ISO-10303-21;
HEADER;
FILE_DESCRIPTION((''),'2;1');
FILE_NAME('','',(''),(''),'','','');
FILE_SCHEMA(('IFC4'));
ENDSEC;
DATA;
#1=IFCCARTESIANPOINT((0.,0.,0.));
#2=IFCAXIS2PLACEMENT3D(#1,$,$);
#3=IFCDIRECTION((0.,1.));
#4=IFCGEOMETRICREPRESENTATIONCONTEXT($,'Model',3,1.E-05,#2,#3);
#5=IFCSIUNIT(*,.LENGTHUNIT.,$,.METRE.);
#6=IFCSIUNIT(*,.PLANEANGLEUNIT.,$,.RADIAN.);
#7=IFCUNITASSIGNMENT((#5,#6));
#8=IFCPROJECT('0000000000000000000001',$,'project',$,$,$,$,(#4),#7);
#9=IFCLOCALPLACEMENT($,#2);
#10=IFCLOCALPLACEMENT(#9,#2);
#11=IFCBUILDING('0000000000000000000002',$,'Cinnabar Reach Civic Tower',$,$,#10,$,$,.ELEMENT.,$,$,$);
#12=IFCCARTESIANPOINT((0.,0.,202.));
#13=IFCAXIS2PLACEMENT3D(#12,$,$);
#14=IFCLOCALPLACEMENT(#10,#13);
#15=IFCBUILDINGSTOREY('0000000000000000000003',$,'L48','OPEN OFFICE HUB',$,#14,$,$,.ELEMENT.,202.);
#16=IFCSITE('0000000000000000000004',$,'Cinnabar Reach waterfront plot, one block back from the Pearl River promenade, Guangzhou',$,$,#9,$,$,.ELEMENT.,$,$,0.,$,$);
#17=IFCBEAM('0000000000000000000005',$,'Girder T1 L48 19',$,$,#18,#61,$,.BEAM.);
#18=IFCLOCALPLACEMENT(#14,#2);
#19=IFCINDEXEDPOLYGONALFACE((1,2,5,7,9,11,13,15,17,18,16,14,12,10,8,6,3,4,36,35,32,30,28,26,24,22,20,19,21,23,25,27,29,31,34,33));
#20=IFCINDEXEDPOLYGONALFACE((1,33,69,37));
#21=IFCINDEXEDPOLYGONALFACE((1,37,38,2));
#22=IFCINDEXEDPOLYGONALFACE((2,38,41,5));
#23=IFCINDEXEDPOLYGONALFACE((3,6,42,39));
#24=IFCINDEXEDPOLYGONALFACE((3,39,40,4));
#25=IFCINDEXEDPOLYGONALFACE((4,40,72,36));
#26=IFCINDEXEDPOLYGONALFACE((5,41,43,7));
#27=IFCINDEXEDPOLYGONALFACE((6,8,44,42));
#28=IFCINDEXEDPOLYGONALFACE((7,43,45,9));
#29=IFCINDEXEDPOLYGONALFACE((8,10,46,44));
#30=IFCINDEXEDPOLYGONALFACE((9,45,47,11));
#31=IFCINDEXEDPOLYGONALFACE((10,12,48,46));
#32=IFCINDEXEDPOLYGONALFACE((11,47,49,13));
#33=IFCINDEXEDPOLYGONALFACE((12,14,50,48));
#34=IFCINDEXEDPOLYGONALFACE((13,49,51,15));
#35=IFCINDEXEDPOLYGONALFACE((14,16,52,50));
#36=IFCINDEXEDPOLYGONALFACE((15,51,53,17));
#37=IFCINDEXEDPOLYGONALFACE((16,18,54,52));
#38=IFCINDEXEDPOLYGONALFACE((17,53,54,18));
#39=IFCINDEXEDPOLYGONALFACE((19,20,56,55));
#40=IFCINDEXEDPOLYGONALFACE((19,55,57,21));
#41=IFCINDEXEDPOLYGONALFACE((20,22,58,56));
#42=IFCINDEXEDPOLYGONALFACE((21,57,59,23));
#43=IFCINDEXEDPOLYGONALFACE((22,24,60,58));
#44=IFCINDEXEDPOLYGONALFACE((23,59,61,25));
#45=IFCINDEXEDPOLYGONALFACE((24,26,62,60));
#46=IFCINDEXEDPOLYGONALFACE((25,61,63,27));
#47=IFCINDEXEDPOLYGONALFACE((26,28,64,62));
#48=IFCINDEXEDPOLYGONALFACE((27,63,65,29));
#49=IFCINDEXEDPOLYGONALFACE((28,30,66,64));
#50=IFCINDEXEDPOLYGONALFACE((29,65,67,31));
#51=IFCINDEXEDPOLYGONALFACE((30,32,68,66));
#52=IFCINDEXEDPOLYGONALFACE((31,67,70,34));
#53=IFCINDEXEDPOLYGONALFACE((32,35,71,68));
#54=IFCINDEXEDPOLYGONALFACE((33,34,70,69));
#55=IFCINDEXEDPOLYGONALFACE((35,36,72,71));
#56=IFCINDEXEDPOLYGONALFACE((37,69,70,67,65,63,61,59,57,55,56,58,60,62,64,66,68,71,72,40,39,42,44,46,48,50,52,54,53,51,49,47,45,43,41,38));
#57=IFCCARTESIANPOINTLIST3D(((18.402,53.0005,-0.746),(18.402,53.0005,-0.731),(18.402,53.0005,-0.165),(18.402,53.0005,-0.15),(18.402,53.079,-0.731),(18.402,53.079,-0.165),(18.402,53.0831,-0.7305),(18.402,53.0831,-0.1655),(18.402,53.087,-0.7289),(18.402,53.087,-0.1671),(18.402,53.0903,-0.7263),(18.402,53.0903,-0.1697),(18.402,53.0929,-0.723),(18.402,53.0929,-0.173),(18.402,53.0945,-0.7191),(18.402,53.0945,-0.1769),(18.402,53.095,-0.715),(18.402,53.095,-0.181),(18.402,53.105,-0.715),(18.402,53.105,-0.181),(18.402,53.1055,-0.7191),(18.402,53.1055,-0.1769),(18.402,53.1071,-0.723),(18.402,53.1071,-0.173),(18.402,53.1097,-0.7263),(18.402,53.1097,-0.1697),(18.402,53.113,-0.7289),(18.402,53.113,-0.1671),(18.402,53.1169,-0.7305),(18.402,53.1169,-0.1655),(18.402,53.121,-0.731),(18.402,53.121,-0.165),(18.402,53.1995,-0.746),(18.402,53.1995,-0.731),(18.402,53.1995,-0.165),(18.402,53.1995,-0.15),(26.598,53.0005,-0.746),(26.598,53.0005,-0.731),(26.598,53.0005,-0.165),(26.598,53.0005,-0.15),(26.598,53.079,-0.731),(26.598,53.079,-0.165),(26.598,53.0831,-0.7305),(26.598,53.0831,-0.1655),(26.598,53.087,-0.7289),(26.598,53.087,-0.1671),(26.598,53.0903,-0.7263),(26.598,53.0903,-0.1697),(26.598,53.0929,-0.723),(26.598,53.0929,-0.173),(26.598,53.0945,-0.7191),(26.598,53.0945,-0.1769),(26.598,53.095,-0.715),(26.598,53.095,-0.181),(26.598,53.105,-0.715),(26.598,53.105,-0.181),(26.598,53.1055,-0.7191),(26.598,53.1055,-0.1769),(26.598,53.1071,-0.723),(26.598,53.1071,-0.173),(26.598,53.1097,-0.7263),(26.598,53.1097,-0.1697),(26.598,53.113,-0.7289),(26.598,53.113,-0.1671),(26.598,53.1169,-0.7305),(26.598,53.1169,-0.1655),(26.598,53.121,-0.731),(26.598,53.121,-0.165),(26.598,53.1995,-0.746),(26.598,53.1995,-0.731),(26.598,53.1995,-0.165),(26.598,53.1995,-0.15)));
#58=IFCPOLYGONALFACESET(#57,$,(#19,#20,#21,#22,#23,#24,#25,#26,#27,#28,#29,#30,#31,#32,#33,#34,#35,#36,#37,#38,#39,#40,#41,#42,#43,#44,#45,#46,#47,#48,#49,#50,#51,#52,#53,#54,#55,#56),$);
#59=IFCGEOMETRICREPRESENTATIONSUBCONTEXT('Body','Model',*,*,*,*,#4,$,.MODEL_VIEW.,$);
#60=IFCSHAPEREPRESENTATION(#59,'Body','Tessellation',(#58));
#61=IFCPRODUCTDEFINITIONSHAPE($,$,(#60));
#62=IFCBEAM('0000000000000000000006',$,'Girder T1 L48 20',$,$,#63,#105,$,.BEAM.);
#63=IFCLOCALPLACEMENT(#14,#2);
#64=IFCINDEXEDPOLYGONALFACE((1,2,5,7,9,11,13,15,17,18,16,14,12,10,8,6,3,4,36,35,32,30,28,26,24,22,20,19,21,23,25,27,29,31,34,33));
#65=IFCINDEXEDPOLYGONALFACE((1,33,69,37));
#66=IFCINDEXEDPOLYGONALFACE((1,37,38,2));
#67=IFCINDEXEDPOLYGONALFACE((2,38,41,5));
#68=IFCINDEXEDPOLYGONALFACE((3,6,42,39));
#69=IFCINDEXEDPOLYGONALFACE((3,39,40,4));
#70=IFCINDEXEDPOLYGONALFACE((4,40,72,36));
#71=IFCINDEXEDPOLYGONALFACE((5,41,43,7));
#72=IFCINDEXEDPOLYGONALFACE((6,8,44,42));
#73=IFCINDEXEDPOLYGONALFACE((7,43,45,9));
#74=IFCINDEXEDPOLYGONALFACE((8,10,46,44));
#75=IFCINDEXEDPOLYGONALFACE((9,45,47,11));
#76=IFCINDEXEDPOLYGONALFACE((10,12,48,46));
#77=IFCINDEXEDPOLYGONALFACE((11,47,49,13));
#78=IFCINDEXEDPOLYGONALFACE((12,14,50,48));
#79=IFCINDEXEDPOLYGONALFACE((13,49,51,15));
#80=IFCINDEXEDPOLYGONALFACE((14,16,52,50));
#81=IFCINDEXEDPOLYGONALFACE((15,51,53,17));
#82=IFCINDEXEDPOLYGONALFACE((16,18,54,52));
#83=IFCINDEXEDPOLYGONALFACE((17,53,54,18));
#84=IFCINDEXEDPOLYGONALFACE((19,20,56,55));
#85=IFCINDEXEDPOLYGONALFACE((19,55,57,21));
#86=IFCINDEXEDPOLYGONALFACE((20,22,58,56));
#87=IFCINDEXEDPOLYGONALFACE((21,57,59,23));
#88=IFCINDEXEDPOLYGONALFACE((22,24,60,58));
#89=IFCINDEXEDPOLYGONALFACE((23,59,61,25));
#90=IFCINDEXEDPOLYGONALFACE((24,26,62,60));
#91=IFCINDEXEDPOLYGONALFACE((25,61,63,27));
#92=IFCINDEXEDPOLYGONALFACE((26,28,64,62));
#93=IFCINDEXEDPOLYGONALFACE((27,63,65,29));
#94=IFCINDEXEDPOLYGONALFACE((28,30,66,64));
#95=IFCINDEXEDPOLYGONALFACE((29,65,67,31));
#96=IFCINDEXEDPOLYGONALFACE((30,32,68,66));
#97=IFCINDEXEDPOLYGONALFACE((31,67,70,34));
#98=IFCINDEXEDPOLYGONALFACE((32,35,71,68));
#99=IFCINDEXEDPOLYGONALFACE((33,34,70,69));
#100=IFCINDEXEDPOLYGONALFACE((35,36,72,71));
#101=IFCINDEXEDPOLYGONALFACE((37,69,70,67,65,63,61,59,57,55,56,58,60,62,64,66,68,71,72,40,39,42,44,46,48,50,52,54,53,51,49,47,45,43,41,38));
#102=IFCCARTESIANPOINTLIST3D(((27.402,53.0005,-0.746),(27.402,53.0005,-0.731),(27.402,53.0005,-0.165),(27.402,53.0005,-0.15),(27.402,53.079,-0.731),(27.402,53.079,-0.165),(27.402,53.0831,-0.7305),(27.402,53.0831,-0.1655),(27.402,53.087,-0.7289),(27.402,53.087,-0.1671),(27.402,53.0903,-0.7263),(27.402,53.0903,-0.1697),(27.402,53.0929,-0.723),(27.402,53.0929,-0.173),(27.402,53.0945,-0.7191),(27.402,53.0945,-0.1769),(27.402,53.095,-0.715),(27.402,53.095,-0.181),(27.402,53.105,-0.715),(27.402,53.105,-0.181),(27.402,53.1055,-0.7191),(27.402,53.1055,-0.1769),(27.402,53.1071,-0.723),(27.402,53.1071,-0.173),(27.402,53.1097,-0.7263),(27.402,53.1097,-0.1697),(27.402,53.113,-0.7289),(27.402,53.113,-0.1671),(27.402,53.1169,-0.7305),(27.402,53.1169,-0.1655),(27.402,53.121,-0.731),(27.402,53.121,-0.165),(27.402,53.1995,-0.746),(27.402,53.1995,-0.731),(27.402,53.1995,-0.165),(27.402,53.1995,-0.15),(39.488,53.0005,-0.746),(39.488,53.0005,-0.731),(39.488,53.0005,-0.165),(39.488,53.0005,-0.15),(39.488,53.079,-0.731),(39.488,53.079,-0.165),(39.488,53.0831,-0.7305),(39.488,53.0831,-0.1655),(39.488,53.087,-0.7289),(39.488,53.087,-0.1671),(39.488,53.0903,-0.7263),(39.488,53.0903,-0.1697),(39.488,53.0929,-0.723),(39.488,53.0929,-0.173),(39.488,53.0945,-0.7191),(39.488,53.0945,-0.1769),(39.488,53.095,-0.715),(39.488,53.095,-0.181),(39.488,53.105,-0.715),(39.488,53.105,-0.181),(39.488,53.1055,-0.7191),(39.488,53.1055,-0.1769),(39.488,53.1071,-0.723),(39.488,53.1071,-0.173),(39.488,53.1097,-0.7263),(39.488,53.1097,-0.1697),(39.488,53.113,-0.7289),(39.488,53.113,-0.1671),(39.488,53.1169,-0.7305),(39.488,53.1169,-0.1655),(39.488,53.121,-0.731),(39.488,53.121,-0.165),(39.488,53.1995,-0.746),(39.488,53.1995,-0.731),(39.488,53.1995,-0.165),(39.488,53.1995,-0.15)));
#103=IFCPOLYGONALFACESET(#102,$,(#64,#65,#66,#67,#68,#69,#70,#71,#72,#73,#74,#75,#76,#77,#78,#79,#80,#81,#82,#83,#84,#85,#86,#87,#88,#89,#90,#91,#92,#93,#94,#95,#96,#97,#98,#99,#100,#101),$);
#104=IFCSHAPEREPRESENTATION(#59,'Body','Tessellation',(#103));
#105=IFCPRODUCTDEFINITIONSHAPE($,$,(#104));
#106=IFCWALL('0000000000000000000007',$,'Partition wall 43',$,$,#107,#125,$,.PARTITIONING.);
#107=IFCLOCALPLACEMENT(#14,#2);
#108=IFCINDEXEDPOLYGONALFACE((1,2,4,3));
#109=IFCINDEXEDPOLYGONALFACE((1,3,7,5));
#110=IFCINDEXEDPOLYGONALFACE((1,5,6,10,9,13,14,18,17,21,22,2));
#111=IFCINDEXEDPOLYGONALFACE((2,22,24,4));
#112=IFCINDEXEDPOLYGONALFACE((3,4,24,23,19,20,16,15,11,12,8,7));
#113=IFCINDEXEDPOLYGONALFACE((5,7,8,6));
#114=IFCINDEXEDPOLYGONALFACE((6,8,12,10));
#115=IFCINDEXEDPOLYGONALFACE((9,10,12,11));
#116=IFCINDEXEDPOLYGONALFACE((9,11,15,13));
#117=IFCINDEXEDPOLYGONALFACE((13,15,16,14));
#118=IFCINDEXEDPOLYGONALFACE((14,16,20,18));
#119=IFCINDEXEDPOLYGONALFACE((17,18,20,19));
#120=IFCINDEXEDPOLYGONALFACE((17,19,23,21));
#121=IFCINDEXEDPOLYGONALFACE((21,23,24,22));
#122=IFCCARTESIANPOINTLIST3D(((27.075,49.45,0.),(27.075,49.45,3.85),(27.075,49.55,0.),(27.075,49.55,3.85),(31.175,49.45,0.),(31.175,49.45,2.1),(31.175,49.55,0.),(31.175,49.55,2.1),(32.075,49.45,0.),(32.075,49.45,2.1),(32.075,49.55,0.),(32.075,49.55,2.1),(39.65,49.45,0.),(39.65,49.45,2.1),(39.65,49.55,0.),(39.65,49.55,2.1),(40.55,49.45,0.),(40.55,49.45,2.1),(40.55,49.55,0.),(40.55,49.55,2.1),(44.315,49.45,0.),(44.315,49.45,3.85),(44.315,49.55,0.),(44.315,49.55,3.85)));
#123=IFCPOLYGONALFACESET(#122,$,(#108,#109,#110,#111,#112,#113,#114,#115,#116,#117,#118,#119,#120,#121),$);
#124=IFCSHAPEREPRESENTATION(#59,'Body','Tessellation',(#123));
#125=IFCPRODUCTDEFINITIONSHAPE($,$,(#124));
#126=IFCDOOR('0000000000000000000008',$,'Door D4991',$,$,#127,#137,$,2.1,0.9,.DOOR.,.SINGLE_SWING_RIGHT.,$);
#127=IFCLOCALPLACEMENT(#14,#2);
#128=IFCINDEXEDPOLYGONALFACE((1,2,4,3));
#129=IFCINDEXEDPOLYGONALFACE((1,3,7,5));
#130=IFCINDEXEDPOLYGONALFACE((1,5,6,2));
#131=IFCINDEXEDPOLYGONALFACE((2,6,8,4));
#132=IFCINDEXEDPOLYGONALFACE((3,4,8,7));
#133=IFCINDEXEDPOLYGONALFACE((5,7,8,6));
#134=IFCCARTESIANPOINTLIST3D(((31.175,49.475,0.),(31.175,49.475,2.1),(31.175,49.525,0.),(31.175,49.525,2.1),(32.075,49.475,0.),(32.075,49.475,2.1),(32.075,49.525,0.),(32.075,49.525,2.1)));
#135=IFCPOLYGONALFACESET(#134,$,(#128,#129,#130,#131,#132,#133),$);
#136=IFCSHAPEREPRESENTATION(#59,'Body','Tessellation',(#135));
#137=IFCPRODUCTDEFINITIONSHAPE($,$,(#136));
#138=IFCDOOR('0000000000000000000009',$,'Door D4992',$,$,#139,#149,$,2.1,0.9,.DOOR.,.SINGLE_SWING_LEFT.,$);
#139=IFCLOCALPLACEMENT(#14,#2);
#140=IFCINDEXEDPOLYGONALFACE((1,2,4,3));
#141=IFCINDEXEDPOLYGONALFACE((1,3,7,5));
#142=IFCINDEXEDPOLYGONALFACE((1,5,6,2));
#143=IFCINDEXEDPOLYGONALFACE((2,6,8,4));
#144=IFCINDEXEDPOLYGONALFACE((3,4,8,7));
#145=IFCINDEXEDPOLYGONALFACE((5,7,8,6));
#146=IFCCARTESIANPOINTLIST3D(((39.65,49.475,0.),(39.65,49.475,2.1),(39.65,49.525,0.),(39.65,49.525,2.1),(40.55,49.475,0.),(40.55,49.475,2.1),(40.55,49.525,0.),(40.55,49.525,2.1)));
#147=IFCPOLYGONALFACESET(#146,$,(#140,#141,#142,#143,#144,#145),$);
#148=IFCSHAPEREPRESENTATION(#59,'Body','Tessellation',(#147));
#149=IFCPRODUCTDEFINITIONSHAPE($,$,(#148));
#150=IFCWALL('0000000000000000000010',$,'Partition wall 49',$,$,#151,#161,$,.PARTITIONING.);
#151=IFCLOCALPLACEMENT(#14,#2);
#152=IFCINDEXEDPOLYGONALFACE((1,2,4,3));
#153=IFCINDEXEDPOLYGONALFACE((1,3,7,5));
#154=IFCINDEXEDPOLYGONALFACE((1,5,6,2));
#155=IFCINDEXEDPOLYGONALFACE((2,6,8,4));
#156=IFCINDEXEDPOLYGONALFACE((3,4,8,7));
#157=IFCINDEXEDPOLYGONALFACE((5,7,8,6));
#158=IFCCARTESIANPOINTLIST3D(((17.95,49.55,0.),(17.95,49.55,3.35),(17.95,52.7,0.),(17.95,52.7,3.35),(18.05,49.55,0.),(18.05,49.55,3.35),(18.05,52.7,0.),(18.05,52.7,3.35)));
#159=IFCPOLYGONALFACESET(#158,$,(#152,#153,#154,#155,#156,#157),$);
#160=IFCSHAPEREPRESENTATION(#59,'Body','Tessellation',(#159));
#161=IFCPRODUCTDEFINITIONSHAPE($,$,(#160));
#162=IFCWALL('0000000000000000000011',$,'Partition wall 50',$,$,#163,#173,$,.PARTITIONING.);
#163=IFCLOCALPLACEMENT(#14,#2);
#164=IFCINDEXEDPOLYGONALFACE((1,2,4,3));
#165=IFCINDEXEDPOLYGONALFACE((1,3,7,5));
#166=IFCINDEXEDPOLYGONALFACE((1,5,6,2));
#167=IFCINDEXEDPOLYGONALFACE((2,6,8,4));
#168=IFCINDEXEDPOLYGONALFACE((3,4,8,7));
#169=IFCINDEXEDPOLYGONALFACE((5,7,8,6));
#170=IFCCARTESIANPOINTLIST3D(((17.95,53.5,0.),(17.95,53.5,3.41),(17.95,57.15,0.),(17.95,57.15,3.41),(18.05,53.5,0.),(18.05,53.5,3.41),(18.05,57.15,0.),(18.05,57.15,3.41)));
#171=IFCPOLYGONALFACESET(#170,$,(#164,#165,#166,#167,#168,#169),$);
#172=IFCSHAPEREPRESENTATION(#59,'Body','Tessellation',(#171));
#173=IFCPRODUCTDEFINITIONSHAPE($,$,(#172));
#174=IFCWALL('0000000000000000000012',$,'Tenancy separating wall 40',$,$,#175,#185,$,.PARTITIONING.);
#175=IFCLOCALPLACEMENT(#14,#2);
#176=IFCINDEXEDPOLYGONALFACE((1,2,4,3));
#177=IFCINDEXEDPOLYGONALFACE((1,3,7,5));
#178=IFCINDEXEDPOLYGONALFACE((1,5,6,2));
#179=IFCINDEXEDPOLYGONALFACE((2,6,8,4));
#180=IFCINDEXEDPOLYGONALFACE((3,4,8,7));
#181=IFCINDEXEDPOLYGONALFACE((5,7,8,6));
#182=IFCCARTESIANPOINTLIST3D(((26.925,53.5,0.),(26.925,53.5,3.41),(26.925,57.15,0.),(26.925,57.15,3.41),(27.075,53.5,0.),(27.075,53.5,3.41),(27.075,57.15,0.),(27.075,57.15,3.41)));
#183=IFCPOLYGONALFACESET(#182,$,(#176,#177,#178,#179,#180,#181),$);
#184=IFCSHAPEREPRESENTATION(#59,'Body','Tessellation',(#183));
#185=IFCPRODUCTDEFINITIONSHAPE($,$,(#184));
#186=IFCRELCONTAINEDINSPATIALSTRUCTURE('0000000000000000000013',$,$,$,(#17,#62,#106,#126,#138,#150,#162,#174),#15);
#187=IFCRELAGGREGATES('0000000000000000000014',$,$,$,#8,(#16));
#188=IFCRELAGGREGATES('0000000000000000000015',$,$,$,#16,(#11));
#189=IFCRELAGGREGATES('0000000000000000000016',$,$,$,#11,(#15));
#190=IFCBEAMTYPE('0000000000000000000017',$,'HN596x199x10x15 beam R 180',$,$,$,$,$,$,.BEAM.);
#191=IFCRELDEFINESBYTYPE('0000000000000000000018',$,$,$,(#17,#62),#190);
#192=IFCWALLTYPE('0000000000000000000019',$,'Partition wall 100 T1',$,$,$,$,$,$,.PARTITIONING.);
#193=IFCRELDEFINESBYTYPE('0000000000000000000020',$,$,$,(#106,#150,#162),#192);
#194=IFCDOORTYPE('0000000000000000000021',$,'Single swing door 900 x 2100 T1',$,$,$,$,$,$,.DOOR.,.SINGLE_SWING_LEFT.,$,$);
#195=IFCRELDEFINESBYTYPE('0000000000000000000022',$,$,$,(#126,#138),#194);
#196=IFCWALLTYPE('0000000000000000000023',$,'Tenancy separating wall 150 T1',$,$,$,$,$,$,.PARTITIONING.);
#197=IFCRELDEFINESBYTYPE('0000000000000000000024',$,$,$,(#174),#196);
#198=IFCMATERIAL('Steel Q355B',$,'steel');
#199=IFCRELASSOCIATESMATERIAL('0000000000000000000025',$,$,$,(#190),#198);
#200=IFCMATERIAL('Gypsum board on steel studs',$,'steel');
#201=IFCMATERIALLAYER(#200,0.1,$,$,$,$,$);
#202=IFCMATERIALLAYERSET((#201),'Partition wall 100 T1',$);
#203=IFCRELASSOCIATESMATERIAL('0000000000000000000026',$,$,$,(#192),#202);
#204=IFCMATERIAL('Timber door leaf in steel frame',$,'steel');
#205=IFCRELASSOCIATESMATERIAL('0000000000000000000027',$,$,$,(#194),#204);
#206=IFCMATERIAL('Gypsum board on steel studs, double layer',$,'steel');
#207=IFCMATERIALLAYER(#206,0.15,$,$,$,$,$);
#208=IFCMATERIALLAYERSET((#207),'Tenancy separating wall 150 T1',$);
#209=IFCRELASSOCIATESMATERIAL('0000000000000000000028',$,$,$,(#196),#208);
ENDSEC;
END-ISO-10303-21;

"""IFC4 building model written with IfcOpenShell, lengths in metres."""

from ifc_helpers import new_model, si_unit, direction, frame, frame_2d, origin, origin_2d, place, context, subcontext, project, spatial, rectangle, i_section, extrude, material, layer, layer_set, material_profile, profile_set, type_object, element, fill, save


model = new_model("IFC4")

# Units and contexts
model_context = context("Model", 3, precision=1e-05, world=origin(), true_north=direction((0.0, 1.0)))
body_context = subcontext(model_context, "Body", "Model", "MODEL_VIEW")
ifc_project = project(units=[si_unit("LENGTHUNIT", "METRE"), si_unit("PLANEANGLEUNIT", "RADIAN")], contexts=[model_context])

# Site, building, storey
site_placement = place(None, origin())
site = spatial("IfcSite", under=ifc_project, at=site_placement, Name="Cinnabar Reach waterfront plot, one block back from the Pearl River promenade, Guangzhou", CompositionType="ELEMENT", RefElevation=0.0)
building_placement = place(site_placement, origin())
building = spatial("IfcBuilding", under=site, at=building_placement, Name="Cinnabar Reach Civic Tower", CompositionType="ELEMENT")
storey_placement = place(building_placement, frame((0.0, 0.0, 202.0)))
storey = spatial("IfcBuildingStorey", under=building, at=storey_placement, Name="L48", Description="OPEN OFFICE HUB", CompositionType="ELEMENT", Elevation=202.0)

# Beams
ifc_material_1 = material(Name="Steel Q355B", Category="steel")
ifc_material_profile_1 = material_profile(ifc_material_1, i_section(OverallWidth=0.199, OverallDepth=0.596, WebThickness=0.01, FlangeThickness=0.015, FilletRadius=0.016, at=origin_2d()), Name="HN596x199x10x15")
ifc_profile_set_1 = profile_set([ifc_material_profile_1], Name="Steel Q355B")
beam_type_1 = type_object("IfcBeamType", Name="HN596x199x10x15 beam R 180", PredefinedType="BEAM", material=ifc_profile_set_1)
beam_1_placement = place(storey_placement, frame((18.402, 53.1, -0.448), z_axis=(1.0, 0.0, 0.0), x_axis=(0.0, 1.0, 0.0)))
element("IfcBeam", 1, at=beam_1_placement, inside=storey, type_object=beam_type_1, Name="Girder T1 L48 19", PredefinedType="BEAM", context=body_context, shape_type="SweptSolid", body=[
    extrude(i_section(OverallWidth=0.199, OverallDepth=0.596, WebThickness=0.01, FlangeThickness=0.015, FilletRadius=0.016, at=origin_2d()), origin(), (0.0, 0.0, 1.0), 8.196),
])
beam_2_placement = place(storey_placement, frame((27.402, 53.1, -0.448), z_axis=(1.0, 0.0, 0.0), x_axis=(0.0, 1.0, 0.0)))
element("IfcBeam", 2, at=beam_2_placement, inside=storey, type_object=beam_type_1, Name="Girder T1 L48 20", PredefinedType="BEAM", context=body_context, shape_type="SweptSolid", body=[
    extrude(i_section(OverallWidth=0.199, OverallDepth=0.596, WebThickness=0.01, FlangeThickness=0.015, FilletRadius=0.016, at=origin_2d()), origin(), (0.0, 0.0, 1.0), 12.086),
])

# Wall, openings, doors
ifc_material_2 = material(Name="Gypsum board on steel studs", Category="steel")
ifc_layer_1 = layer(ifc_material_2, 0.1)
ifc_layer_set_1 = layer_set([ifc_layer_1], Name="Partition wall 100 T1")
wall_type_1 = type_object("IfcWallType", Name="Partition wall 100 T1", PredefinedType="PARTITIONING", material=ifc_layer_set_1)
wall_1_placement = place(storey_placement, frame((27.075, 49.5, 0.0), z_axis=(0.0, 0.0, 1.0), x_axis=(1.0, 0.0, 0.0)))
wall_1 = element("IfcWall", 3, at=wall_1_placement, inside=storey, type_object=wall_type_1, Name="Partition wall 43", PredefinedType="PARTITIONING", context=body_context, shape_type="SweptSolid", body=[
    extrude(rectangle(XDim=17.24, YDim=0.1, at=frame_2d((8.62, 0.0))), origin(), (0.0, 0.0, 1.0), 3.85),
])
opening_1_placement = place(wall_1_placement, frame((4.1, 0.0, 0.0)))
opening_1 = element("IfcOpeningElement", 4, at=opening_1_placement, cuts=wall_1, PredefinedType="OPENING", context=body_context, shape_type="SweptSolid", body=[
    extrude(rectangle(XDim=0.9, YDim=2.1, at=frame_2d((0.45, 1.05))), frame((0.0, 0.06, 0.0), z_axis=(0.0, -1.0, 0.0), x_axis=(1.0, 0.0, 0.0)), (0.0, 0.0, 1.0), 0.12),
])
opening_2_placement = place(wall_1_placement, frame((12.575, 0.0, 0.0)))
opening_2 = element("IfcOpeningElement", 5, at=opening_2_placement, cuts=wall_1, PredefinedType="OPENING", context=body_context, shape_type="SweptSolid", body=[
    extrude(rectangle(XDim=0.9, YDim=2.1, at=frame_2d((0.45, 1.05))), frame((0.0, 0.06, 0.0), z_axis=(0.0, -1.0, 0.0), x_axis=(1.0, 0.0, 0.0)), (0.0, 0.0, 1.0), 0.12),
])
ifc_material_3 = material(Name="Timber door leaf in steel frame", Category="steel")
door_type = type_object("IfcDoorType", Name="Single swing door 900 x 2100 T1", OperationType="SINGLE_SWING_LEFT", PredefinedType="DOOR", material=ifc_material_3)
door_1_placement = place(opening_1_placement, origin())
door_1 = element("IfcDoor", 6, at=door_1_placement, inside=storey, type_object=door_type, Name="Door D4991", OperationType="SINGLE_SWING_RIGHT", OverallHeight=2.1, OverallWidth=0.9, PredefinedType="DOOR", context=body_context, shape_type="SweptSolid", body=[
    extrude(rectangle(XDim=0.9, YDim=2.1, at=frame_2d((0.45, 1.05))), frame((0.0, 0.025, 0.0), z_axis=(0.0, -1.0, 0.0), x_axis=(1.0, 0.0, 0.0)), (0.0, 0.0, 1.0), 0.05),
])
fill(opening_1, door_1)
door_2_placement = place(opening_2_placement, origin())
door_2 = element("IfcDoor", 7, at=door_2_placement, inside=storey, type_object=door_type, Name="Door D4992", OperationType="SINGLE_SWING_LEFT", OverallHeight=2.1, OverallWidth=0.9, PredefinedType="DOOR", context=body_context, shape_type="SweptSolid", body=[
    extrude(rectangle(XDim=0.9, YDim=2.1, at=frame_2d((0.45, 1.05))), frame((0.0, 0.025, 0.0), z_axis=(0.0, -1.0, 0.0), x_axis=(1.0, 0.0, 0.0)), (0.0, 0.0, 1.0), 0.05),
])
fill(opening_2, door_2)

# Walls
wall_2_placement = place(storey_placement, frame((18.0, 49.55, 0.0), z_axis=(0.0, 0.0, 1.0), x_axis=(0.0, 1.0, 0.0)))
element("IfcWall", 8, at=wall_2_placement, inside=storey, type_object=wall_type_1, Name="Partition wall 49", PredefinedType="PARTITIONING", context=body_context, shape_type="SweptSolid", body=[
    extrude(rectangle(XDim=3.15, YDim=0.1, at=frame_2d((1.575, 0.0))), origin(), (0.0, 0.0, 1.0), 3.35),
])
wall_3_placement = place(storey_placement, frame((18.0, 53.5, 0.0), z_axis=(0.0, 0.0, 1.0), x_axis=(0.0, 1.0, 0.0)))
element("IfcWall", 9, at=wall_3_placement, inside=storey, type_object=wall_type_1, Name="Partition wall 50", PredefinedType="PARTITIONING", context=body_context, shape_type="SweptSolid", body=[
    extrude(rectangle(XDim=3.65, YDim=0.1, at=frame_2d((1.825, 0.0))), origin(), (0.0, 0.0, 1.0), 3.41),
])
ifc_material_4 = material(Name="Gypsum board on steel studs, double layer", Category="steel")
ifc_layer_2 = layer(ifc_material_4, 0.15)
ifc_layer_set_2 = layer_set([ifc_layer_2], Name="Tenancy separating wall 150 T1")
wall_type_2 = type_object("IfcWallType", Name="Tenancy separating wall 150 T1", PredefinedType="PARTITIONING", material=ifc_layer_set_2)
wall_4_placement = place(storey_placement, frame((27.0, 53.5, 0.0), z_axis=(0.0, 0.0, 1.0), x_axis=(0.0, 1.0, 0.0)))
element("IfcWall", 10, at=wall_4_placement, inside=storey, type_object=wall_type_2, Name="Tenancy separating wall 40", PredefinedType="PARTITIONING", context=body_context, shape_type="SweptSolid", body=[
    extrude(rectangle(XDim=3.65, YDim=0.15, at=frame_2d((1.825, 0.0))), origin(), (0.0, 0.0, 1.0), 3.41),
])

save(model, "model.ifc")
